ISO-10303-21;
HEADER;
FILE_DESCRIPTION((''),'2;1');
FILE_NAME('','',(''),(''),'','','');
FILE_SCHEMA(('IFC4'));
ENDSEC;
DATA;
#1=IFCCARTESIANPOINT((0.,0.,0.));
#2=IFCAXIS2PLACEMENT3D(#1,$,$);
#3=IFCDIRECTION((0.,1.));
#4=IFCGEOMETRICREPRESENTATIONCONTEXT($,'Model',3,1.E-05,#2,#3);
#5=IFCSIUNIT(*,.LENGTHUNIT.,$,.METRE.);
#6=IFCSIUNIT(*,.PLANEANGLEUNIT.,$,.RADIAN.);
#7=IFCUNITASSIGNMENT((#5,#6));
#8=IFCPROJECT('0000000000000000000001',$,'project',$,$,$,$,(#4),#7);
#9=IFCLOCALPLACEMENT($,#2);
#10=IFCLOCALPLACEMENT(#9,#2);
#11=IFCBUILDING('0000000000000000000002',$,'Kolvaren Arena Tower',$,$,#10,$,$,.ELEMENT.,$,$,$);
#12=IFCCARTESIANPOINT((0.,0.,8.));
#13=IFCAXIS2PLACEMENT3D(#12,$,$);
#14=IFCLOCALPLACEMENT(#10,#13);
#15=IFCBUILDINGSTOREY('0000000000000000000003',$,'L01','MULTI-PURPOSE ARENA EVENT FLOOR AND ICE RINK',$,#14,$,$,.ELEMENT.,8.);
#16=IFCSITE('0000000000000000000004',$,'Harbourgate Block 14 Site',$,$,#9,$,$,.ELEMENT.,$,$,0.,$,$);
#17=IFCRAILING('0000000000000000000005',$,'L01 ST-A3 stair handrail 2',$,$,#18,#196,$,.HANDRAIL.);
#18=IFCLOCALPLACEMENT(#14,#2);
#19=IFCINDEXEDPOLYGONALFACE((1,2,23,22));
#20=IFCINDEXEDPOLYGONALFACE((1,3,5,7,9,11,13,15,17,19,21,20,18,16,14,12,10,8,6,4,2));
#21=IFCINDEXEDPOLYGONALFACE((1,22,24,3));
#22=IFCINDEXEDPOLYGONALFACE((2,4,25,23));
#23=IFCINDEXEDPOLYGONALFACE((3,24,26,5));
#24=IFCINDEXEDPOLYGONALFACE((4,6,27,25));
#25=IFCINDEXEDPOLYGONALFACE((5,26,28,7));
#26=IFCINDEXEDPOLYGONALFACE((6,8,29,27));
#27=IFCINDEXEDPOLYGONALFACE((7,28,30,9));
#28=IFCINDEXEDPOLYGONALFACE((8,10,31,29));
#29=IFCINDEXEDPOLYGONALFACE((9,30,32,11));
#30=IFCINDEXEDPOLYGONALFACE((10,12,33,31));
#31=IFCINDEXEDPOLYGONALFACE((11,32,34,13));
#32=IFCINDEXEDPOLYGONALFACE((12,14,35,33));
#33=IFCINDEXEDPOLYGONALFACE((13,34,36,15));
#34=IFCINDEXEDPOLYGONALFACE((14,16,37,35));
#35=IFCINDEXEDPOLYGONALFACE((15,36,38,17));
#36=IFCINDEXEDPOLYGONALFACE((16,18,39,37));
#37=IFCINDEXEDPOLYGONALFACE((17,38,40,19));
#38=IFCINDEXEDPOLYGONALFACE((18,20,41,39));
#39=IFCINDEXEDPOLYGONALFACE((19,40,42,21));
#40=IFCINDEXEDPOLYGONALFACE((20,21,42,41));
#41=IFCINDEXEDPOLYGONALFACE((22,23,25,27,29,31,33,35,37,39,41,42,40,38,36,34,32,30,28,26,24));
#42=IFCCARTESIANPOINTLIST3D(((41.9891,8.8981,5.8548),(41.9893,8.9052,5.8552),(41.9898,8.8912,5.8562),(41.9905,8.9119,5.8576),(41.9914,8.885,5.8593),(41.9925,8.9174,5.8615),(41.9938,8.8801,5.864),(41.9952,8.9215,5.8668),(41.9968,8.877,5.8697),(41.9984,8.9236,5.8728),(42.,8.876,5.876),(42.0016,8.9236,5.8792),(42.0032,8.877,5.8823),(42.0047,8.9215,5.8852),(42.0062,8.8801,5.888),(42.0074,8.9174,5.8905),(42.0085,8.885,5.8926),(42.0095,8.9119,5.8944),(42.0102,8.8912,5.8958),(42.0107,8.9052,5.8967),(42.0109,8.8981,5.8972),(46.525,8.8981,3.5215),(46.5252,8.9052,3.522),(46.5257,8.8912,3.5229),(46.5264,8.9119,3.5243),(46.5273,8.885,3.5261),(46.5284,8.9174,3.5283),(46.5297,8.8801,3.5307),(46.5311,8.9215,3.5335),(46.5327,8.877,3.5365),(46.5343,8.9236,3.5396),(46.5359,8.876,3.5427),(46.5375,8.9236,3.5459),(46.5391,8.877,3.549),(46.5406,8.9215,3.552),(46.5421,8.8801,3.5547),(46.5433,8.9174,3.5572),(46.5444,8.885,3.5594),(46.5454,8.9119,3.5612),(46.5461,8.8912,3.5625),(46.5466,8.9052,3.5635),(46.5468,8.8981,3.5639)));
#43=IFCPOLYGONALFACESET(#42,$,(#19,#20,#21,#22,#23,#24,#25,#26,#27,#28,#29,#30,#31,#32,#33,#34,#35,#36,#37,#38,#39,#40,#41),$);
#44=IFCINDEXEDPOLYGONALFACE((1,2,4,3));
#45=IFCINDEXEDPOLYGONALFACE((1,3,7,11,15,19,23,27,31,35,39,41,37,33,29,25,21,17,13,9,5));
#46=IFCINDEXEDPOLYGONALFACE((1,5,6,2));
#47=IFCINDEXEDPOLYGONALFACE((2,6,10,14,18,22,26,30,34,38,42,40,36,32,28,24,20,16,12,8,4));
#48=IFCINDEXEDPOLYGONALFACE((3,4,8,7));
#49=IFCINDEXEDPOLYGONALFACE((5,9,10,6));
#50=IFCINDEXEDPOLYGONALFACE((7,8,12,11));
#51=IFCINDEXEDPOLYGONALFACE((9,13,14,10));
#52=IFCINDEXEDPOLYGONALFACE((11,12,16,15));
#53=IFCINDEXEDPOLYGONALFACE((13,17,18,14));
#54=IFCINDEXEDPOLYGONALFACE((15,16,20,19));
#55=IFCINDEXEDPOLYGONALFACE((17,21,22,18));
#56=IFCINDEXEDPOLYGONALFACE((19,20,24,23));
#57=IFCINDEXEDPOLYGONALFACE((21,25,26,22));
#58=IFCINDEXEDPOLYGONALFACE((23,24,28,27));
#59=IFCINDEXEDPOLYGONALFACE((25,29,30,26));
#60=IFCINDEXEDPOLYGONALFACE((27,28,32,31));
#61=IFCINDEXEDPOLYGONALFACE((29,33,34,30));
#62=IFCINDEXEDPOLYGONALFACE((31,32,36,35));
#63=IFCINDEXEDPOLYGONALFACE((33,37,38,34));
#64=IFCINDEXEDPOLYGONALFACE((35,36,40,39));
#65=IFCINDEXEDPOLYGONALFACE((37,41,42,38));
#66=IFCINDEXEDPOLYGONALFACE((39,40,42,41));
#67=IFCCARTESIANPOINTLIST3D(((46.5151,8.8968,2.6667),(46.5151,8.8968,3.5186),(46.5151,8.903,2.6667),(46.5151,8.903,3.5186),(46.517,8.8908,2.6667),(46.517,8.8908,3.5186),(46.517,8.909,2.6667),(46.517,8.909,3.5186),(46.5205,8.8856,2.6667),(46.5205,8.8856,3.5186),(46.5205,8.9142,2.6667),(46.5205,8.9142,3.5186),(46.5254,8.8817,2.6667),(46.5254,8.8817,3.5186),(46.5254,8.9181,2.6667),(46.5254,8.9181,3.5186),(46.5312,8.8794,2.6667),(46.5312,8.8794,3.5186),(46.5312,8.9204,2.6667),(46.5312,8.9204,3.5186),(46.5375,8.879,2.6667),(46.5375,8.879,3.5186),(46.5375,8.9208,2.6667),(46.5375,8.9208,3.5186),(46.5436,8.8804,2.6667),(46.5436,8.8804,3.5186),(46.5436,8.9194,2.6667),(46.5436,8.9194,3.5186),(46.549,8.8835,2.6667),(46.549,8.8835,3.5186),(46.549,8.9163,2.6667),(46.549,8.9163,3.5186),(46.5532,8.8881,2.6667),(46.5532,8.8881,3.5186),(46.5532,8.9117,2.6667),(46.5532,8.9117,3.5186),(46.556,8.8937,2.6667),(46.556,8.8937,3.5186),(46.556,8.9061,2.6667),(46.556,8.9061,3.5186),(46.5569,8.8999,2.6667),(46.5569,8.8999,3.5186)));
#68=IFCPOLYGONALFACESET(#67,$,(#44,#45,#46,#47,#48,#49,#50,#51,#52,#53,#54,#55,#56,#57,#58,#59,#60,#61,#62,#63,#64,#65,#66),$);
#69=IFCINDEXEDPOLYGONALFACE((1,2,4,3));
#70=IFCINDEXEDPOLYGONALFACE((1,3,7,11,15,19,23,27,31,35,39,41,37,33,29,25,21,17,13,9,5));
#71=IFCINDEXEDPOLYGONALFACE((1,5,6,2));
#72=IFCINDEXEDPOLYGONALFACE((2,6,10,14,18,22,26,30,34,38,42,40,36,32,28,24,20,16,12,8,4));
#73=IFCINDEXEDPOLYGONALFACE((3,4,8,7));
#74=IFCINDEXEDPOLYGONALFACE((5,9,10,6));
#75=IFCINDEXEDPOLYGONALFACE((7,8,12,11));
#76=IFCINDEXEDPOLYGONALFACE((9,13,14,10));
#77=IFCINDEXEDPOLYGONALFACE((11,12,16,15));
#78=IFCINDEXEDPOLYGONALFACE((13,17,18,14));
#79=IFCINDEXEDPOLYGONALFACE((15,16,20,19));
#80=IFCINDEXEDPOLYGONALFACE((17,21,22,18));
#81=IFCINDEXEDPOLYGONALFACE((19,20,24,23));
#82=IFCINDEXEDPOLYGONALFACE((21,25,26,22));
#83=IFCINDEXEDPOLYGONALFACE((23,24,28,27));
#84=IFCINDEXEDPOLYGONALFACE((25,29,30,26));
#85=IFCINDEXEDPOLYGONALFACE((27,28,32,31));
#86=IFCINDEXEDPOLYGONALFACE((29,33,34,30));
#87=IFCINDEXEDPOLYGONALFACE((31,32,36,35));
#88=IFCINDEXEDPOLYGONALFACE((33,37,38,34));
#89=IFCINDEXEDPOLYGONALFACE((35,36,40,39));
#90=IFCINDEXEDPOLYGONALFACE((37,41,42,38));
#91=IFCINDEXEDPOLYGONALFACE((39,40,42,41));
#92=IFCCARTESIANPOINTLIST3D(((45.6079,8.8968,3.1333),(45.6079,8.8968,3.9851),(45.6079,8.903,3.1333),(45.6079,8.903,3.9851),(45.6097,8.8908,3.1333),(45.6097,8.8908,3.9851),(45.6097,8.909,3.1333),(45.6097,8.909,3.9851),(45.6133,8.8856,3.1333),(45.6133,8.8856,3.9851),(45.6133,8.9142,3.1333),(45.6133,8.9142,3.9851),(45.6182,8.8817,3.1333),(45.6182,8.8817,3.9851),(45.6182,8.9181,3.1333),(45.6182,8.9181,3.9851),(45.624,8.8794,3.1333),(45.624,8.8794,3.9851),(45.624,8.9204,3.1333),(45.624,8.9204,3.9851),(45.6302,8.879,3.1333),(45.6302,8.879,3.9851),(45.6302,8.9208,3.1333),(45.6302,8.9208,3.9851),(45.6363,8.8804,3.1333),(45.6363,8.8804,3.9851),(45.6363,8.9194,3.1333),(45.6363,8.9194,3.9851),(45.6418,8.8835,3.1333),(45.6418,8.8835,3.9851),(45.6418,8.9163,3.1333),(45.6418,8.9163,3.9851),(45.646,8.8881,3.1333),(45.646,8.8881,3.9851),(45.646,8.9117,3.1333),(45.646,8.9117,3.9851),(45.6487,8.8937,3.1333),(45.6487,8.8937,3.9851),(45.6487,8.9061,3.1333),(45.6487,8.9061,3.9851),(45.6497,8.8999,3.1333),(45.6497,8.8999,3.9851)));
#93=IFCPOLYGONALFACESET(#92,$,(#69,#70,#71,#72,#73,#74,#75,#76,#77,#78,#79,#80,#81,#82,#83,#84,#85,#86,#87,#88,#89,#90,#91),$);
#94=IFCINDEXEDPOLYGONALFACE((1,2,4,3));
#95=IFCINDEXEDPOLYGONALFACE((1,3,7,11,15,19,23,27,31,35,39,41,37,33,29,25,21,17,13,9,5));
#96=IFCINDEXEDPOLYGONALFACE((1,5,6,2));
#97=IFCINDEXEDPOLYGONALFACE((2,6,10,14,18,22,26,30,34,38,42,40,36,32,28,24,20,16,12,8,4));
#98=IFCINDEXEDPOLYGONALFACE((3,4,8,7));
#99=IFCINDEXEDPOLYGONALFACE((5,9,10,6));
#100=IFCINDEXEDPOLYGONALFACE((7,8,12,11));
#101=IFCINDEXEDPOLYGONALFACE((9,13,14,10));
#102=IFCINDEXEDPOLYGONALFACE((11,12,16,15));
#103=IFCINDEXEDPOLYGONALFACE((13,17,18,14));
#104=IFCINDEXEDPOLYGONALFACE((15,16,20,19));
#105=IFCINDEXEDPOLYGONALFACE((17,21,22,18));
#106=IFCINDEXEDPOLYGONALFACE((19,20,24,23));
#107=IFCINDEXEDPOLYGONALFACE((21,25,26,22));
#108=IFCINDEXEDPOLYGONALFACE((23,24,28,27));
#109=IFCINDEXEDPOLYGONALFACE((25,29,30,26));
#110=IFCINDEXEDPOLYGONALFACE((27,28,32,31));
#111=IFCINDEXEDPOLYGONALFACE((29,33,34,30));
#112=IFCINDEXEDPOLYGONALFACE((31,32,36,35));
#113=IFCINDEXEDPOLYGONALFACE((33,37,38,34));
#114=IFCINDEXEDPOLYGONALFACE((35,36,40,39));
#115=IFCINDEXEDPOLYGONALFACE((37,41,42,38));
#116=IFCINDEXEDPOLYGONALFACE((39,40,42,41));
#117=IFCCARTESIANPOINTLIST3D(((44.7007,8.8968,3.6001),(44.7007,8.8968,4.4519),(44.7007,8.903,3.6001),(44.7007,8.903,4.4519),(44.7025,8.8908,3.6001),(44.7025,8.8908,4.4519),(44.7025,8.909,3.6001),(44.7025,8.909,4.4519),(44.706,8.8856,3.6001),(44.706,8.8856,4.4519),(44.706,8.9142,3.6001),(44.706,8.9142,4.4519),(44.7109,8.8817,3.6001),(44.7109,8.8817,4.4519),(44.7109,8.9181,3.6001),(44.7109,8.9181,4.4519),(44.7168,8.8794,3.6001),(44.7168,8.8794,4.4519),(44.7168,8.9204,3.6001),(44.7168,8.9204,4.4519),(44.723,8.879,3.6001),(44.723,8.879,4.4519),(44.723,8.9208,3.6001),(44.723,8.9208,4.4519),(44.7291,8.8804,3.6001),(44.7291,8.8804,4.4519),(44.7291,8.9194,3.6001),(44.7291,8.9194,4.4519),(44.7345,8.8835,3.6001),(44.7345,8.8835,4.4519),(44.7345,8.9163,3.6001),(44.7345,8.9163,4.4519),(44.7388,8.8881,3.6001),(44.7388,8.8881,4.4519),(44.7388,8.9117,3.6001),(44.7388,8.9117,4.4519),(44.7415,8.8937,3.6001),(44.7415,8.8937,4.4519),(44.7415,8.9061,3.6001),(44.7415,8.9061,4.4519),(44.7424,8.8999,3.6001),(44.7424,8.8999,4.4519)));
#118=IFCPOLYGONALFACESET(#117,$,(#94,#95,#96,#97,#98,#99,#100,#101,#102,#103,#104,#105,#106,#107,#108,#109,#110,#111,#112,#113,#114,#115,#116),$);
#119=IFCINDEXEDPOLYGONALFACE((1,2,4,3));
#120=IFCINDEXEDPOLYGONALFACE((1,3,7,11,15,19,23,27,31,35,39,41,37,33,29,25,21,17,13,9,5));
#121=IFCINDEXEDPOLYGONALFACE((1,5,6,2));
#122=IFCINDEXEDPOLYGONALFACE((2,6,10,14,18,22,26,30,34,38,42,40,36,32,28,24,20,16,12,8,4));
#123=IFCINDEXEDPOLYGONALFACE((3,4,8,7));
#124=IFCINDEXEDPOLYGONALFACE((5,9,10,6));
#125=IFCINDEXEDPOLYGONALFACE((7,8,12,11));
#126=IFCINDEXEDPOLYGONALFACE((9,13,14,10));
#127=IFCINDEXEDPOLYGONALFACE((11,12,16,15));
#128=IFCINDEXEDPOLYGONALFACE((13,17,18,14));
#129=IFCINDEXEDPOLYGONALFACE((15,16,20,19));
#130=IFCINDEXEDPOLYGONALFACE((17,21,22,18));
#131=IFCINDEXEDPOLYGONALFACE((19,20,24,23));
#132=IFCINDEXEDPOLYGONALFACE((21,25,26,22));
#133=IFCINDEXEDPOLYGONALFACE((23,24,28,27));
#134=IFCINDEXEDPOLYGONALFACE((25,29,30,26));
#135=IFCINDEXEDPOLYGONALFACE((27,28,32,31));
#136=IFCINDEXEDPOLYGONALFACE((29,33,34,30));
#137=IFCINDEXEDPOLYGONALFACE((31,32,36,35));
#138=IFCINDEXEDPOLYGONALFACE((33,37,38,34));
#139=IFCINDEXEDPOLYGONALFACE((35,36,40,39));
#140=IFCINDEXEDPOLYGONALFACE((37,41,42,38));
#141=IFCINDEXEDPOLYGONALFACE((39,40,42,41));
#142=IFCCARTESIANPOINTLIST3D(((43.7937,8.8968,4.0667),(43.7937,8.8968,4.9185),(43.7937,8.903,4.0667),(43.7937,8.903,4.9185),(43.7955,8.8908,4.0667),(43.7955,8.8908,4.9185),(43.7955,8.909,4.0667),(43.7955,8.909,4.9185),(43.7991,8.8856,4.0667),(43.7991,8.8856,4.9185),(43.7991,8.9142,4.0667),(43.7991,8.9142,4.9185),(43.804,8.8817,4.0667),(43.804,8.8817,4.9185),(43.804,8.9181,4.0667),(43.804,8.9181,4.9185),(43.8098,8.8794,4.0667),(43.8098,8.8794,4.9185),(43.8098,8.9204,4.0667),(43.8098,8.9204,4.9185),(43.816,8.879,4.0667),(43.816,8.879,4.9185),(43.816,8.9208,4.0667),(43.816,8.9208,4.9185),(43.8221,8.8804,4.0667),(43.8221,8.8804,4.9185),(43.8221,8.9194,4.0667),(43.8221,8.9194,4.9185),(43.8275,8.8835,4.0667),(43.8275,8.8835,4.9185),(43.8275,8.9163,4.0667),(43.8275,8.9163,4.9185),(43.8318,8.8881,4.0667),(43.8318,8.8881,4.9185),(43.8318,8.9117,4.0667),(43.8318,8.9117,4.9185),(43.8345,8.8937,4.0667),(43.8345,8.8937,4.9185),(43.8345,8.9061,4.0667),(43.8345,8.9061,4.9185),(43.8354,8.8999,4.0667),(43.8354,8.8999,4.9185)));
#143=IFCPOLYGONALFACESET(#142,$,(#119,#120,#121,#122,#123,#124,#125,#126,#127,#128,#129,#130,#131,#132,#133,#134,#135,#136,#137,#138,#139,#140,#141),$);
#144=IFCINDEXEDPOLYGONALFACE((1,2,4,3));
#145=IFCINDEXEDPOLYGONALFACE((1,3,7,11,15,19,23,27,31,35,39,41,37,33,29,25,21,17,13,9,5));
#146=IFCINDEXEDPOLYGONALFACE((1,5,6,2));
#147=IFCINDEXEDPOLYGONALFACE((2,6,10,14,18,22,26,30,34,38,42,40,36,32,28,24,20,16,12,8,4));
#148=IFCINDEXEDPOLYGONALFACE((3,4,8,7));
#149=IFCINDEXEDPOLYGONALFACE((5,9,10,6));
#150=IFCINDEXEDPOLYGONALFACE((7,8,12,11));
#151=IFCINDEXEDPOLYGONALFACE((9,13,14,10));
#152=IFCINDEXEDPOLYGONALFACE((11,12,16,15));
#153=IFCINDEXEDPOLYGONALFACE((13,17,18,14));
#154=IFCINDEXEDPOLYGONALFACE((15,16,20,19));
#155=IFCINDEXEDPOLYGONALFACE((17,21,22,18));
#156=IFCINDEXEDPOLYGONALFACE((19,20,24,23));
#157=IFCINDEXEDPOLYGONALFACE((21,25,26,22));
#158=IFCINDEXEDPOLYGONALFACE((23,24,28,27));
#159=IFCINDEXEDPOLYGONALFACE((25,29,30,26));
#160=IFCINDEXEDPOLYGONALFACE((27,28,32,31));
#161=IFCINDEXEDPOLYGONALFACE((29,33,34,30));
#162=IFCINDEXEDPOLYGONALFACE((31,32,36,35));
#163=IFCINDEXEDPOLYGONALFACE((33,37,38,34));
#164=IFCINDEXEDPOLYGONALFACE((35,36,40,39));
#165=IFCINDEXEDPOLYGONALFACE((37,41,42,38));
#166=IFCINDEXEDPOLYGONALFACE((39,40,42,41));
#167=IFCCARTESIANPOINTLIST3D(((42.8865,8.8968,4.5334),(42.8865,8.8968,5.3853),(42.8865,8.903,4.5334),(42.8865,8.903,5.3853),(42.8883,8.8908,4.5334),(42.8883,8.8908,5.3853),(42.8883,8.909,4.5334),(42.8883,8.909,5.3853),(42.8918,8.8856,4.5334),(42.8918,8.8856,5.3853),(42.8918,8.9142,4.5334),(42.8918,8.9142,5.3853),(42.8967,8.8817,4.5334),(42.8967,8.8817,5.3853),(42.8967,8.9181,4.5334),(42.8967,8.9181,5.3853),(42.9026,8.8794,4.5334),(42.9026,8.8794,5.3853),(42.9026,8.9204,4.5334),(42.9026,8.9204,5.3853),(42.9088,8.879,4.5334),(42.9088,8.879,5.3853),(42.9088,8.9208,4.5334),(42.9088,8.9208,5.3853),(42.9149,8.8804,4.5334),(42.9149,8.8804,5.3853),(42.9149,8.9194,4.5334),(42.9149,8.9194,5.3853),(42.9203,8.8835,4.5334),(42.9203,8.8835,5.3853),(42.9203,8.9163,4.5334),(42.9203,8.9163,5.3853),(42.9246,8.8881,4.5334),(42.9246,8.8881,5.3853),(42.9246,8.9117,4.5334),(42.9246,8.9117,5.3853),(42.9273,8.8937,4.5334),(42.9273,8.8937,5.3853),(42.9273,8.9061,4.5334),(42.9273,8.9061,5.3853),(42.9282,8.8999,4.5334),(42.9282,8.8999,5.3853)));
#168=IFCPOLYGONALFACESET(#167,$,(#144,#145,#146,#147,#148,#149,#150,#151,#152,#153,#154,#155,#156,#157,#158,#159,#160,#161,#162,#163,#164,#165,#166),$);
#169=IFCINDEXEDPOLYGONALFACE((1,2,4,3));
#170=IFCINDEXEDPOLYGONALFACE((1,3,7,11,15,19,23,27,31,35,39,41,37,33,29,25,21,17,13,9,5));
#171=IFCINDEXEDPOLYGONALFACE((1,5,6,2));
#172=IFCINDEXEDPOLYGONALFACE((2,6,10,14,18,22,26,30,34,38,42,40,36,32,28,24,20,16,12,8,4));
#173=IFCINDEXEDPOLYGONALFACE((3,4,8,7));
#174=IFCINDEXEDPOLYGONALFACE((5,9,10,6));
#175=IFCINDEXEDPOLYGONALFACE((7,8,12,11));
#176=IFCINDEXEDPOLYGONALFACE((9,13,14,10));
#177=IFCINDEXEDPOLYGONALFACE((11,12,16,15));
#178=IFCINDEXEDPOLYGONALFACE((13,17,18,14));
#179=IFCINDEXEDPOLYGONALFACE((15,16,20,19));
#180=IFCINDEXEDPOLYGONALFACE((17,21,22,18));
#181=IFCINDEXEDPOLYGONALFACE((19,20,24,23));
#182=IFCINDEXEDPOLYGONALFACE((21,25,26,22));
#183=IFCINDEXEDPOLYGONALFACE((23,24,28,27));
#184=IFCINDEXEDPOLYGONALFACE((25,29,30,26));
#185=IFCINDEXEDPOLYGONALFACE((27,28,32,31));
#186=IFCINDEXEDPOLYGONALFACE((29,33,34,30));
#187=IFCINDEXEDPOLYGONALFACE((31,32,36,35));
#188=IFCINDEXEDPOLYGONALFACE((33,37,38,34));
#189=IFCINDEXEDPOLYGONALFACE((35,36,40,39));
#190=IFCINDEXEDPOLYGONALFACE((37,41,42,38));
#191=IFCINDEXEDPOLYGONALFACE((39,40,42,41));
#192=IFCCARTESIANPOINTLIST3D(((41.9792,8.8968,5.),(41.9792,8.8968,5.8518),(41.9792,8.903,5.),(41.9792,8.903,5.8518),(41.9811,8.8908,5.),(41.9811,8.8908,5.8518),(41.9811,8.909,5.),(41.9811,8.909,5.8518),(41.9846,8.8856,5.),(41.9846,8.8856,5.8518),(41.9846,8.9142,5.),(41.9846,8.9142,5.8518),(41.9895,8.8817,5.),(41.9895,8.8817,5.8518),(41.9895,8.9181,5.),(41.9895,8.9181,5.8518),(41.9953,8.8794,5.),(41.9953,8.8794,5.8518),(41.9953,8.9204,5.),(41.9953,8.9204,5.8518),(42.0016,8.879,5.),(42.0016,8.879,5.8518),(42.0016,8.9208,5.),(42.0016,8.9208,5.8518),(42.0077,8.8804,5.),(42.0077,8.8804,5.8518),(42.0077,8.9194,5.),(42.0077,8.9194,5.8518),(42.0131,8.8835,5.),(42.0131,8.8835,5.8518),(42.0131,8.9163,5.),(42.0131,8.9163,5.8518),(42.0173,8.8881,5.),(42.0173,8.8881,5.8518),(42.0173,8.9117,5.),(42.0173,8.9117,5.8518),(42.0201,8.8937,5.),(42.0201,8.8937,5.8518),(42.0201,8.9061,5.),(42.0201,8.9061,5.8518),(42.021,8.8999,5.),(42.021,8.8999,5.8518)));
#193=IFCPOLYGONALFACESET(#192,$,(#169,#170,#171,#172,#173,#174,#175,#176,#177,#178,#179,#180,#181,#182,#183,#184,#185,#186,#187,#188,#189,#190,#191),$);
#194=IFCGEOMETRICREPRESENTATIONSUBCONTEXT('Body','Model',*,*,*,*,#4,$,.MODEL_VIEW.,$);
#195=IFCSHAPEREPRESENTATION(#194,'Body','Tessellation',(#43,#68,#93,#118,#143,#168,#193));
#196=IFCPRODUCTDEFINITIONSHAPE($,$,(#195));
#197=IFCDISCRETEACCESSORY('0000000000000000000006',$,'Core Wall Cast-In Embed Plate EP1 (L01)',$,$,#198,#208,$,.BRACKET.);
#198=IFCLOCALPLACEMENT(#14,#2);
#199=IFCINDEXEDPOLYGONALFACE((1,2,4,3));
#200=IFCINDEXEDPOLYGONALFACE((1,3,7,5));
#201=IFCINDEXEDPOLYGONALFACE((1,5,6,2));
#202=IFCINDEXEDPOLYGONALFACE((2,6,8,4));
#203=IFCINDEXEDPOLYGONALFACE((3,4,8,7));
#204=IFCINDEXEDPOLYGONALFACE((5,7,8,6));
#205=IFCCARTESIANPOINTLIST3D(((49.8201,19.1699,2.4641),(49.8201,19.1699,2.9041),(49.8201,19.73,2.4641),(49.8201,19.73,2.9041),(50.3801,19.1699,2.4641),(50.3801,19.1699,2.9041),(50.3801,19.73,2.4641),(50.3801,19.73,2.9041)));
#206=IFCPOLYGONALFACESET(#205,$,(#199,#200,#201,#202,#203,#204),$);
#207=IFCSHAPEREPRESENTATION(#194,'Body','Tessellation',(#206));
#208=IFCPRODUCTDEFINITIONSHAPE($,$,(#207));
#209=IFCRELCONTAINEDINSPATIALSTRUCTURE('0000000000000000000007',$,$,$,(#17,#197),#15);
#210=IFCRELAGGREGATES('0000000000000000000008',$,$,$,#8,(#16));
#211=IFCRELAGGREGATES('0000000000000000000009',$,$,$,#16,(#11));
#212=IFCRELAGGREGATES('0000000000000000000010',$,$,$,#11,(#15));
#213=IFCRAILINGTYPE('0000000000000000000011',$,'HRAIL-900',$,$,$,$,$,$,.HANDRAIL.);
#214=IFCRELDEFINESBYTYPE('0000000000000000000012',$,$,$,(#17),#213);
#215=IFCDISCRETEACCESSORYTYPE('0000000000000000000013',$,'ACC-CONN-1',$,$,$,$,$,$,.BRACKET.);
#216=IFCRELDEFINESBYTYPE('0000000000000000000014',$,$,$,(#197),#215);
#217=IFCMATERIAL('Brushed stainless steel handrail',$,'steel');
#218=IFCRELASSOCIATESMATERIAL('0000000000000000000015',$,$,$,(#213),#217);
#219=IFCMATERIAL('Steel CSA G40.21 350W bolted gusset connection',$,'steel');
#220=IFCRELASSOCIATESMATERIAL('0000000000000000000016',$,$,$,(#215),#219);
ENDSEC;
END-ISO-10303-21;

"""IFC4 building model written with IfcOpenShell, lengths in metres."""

from ifc_helpers import new_model, si_unit, direction, frame, origin, origin_2d, place, context, subcontext, project, spatial, rectangle, circle, extrude, material, type_object, element, save


model = new_model("IFC4")

# Units and contexts
model_context = context("Model", 3, precision=1e-05, world=origin(), true_north=direction((0.0, 1.0)))
body_context = subcontext(model_context, "Body", "Model", "MODEL_VIEW")
ifc_project = project(units=[si_unit("LENGTHUNIT", "METRE"), si_unit("PLANEANGLEUNIT", "RADIAN")], contexts=[model_context])

# Site, building, storey
site_placement = place(None, origin())
site = spatial("IfcSite", under=ifc_project, at=site_placement, Name="Harbourgate Block 14 Site", CompositionType="ELEMENT", RefElevation=0.0)
building_placement = place(site_placement, origin())
building = spatial("IfcBuilding", under=site, at=building_placement, Name="Kolvaren Arena Tower", CompositionType="ELEMENT")
storey_placement = place(building_placement, frame((0.0, 0.0, 8.0)))
storey = spatial("IfcBuildingStorey", under=building, at=storey_placement, Name="L01", Description="MULTI-PURPOSE ARENA EVENT FLOOR AND ICE RINK", CompositionType="ELEMENT", Elevation=8.0)

# Railing
ifc_material_1 = material(Name="Brushed stainless steel handrail", Category="steel")
railing_type = type_object("IfcRailingType", Name="HRAIL-900", PredefinedType="HANDRAIL", material=ifc_material_1)
railing_placement = place(storey_placement, frame((46.5359, 8.8999, 2.6667)))
element("IfcRailing", 1, at=railing_placement, inside=storey, type_object=railing_type, Name="L01 ST-A3 stair handrail 2", PredefinedType="HANDRAIL", context=body_context, shape_type="SweptSolid", body=[
    extrude(circle(Radius=0.0239, at=origin_2d()), frame((0.0, 0.0, 0.876), z_axis=(-0.889247, 0.0, 0.457427), x_axis=(0.0, -1.0, 0.0)), (0.0, 0.0, 1.0), 5.1008),
    extrude(circle(Radius=0.021, at=origin_2d()), origin(), (0.0, 0.0, 1.0), 0.8518),
    extrude(circle(Radius=0.021, at=origin_2d()), frame((-0.9072, 0.0, 0.4666)), (0.0, 0.0, 1.0), 0.8518),
    extrude(circle(Radius=0.021, at=origin_2d()), frame((-1.8145, 0.0, 0.9333)), (0.0, 0.0, 1.0), 0.8518),
    extrude(circle(Radius=0.021, at=origin_2d()), frame((-2.7214, 0.0, 1.3999)), (0.0, 0.0, 1.0), 0.8518),
    extrude(circle(Radius=0.021, at=origin_2d()), frame((-3.6287, 0.0, 1.8667)), (0.0, 0.0, 1.0), 0.8518),
    extrude(circle(Radius=0.021, at=origin_2d()), frame((-4.5359, 0.0, 2.3333)), (0.0, 0.0, 1.0), 0.8518),
])

# Discrete accessory
ifc_material_2 = material(Name="Steel CSA G40.21 350W bolted gusset connection", Category="steel")
discrete_accessory_type = type_object("IfcDiscreteAccessoryType", Name="ACC-CONN-1", PredefinedType="BRACKET", material=ifc_material_2)
discrete_accessory_placement = place(storey_placement, frame((50.1001, 19.45, 2.4641), z_axis=(0.0, 0.0, 1.0), x_axis=(1.0, 0.0, 0.0)))
element("IfcDiscreteAccessory", 2, at=discrete_accessory_placement, inside=storey, type_object=discrete_accessory_type, Name="Core Wall Cast-In Embed Plate EP1 (L01)", PredefinedType="BRACKET", context=body_context, shape_type="SweptSolid", body=[
    extrude(rectangle(XDim=0.5601, YDim=0.5601, at=origin_2d()), origin(), (0.0, 0.0, 1.0), 0.4399),
])

save(model, "model.ifc")
